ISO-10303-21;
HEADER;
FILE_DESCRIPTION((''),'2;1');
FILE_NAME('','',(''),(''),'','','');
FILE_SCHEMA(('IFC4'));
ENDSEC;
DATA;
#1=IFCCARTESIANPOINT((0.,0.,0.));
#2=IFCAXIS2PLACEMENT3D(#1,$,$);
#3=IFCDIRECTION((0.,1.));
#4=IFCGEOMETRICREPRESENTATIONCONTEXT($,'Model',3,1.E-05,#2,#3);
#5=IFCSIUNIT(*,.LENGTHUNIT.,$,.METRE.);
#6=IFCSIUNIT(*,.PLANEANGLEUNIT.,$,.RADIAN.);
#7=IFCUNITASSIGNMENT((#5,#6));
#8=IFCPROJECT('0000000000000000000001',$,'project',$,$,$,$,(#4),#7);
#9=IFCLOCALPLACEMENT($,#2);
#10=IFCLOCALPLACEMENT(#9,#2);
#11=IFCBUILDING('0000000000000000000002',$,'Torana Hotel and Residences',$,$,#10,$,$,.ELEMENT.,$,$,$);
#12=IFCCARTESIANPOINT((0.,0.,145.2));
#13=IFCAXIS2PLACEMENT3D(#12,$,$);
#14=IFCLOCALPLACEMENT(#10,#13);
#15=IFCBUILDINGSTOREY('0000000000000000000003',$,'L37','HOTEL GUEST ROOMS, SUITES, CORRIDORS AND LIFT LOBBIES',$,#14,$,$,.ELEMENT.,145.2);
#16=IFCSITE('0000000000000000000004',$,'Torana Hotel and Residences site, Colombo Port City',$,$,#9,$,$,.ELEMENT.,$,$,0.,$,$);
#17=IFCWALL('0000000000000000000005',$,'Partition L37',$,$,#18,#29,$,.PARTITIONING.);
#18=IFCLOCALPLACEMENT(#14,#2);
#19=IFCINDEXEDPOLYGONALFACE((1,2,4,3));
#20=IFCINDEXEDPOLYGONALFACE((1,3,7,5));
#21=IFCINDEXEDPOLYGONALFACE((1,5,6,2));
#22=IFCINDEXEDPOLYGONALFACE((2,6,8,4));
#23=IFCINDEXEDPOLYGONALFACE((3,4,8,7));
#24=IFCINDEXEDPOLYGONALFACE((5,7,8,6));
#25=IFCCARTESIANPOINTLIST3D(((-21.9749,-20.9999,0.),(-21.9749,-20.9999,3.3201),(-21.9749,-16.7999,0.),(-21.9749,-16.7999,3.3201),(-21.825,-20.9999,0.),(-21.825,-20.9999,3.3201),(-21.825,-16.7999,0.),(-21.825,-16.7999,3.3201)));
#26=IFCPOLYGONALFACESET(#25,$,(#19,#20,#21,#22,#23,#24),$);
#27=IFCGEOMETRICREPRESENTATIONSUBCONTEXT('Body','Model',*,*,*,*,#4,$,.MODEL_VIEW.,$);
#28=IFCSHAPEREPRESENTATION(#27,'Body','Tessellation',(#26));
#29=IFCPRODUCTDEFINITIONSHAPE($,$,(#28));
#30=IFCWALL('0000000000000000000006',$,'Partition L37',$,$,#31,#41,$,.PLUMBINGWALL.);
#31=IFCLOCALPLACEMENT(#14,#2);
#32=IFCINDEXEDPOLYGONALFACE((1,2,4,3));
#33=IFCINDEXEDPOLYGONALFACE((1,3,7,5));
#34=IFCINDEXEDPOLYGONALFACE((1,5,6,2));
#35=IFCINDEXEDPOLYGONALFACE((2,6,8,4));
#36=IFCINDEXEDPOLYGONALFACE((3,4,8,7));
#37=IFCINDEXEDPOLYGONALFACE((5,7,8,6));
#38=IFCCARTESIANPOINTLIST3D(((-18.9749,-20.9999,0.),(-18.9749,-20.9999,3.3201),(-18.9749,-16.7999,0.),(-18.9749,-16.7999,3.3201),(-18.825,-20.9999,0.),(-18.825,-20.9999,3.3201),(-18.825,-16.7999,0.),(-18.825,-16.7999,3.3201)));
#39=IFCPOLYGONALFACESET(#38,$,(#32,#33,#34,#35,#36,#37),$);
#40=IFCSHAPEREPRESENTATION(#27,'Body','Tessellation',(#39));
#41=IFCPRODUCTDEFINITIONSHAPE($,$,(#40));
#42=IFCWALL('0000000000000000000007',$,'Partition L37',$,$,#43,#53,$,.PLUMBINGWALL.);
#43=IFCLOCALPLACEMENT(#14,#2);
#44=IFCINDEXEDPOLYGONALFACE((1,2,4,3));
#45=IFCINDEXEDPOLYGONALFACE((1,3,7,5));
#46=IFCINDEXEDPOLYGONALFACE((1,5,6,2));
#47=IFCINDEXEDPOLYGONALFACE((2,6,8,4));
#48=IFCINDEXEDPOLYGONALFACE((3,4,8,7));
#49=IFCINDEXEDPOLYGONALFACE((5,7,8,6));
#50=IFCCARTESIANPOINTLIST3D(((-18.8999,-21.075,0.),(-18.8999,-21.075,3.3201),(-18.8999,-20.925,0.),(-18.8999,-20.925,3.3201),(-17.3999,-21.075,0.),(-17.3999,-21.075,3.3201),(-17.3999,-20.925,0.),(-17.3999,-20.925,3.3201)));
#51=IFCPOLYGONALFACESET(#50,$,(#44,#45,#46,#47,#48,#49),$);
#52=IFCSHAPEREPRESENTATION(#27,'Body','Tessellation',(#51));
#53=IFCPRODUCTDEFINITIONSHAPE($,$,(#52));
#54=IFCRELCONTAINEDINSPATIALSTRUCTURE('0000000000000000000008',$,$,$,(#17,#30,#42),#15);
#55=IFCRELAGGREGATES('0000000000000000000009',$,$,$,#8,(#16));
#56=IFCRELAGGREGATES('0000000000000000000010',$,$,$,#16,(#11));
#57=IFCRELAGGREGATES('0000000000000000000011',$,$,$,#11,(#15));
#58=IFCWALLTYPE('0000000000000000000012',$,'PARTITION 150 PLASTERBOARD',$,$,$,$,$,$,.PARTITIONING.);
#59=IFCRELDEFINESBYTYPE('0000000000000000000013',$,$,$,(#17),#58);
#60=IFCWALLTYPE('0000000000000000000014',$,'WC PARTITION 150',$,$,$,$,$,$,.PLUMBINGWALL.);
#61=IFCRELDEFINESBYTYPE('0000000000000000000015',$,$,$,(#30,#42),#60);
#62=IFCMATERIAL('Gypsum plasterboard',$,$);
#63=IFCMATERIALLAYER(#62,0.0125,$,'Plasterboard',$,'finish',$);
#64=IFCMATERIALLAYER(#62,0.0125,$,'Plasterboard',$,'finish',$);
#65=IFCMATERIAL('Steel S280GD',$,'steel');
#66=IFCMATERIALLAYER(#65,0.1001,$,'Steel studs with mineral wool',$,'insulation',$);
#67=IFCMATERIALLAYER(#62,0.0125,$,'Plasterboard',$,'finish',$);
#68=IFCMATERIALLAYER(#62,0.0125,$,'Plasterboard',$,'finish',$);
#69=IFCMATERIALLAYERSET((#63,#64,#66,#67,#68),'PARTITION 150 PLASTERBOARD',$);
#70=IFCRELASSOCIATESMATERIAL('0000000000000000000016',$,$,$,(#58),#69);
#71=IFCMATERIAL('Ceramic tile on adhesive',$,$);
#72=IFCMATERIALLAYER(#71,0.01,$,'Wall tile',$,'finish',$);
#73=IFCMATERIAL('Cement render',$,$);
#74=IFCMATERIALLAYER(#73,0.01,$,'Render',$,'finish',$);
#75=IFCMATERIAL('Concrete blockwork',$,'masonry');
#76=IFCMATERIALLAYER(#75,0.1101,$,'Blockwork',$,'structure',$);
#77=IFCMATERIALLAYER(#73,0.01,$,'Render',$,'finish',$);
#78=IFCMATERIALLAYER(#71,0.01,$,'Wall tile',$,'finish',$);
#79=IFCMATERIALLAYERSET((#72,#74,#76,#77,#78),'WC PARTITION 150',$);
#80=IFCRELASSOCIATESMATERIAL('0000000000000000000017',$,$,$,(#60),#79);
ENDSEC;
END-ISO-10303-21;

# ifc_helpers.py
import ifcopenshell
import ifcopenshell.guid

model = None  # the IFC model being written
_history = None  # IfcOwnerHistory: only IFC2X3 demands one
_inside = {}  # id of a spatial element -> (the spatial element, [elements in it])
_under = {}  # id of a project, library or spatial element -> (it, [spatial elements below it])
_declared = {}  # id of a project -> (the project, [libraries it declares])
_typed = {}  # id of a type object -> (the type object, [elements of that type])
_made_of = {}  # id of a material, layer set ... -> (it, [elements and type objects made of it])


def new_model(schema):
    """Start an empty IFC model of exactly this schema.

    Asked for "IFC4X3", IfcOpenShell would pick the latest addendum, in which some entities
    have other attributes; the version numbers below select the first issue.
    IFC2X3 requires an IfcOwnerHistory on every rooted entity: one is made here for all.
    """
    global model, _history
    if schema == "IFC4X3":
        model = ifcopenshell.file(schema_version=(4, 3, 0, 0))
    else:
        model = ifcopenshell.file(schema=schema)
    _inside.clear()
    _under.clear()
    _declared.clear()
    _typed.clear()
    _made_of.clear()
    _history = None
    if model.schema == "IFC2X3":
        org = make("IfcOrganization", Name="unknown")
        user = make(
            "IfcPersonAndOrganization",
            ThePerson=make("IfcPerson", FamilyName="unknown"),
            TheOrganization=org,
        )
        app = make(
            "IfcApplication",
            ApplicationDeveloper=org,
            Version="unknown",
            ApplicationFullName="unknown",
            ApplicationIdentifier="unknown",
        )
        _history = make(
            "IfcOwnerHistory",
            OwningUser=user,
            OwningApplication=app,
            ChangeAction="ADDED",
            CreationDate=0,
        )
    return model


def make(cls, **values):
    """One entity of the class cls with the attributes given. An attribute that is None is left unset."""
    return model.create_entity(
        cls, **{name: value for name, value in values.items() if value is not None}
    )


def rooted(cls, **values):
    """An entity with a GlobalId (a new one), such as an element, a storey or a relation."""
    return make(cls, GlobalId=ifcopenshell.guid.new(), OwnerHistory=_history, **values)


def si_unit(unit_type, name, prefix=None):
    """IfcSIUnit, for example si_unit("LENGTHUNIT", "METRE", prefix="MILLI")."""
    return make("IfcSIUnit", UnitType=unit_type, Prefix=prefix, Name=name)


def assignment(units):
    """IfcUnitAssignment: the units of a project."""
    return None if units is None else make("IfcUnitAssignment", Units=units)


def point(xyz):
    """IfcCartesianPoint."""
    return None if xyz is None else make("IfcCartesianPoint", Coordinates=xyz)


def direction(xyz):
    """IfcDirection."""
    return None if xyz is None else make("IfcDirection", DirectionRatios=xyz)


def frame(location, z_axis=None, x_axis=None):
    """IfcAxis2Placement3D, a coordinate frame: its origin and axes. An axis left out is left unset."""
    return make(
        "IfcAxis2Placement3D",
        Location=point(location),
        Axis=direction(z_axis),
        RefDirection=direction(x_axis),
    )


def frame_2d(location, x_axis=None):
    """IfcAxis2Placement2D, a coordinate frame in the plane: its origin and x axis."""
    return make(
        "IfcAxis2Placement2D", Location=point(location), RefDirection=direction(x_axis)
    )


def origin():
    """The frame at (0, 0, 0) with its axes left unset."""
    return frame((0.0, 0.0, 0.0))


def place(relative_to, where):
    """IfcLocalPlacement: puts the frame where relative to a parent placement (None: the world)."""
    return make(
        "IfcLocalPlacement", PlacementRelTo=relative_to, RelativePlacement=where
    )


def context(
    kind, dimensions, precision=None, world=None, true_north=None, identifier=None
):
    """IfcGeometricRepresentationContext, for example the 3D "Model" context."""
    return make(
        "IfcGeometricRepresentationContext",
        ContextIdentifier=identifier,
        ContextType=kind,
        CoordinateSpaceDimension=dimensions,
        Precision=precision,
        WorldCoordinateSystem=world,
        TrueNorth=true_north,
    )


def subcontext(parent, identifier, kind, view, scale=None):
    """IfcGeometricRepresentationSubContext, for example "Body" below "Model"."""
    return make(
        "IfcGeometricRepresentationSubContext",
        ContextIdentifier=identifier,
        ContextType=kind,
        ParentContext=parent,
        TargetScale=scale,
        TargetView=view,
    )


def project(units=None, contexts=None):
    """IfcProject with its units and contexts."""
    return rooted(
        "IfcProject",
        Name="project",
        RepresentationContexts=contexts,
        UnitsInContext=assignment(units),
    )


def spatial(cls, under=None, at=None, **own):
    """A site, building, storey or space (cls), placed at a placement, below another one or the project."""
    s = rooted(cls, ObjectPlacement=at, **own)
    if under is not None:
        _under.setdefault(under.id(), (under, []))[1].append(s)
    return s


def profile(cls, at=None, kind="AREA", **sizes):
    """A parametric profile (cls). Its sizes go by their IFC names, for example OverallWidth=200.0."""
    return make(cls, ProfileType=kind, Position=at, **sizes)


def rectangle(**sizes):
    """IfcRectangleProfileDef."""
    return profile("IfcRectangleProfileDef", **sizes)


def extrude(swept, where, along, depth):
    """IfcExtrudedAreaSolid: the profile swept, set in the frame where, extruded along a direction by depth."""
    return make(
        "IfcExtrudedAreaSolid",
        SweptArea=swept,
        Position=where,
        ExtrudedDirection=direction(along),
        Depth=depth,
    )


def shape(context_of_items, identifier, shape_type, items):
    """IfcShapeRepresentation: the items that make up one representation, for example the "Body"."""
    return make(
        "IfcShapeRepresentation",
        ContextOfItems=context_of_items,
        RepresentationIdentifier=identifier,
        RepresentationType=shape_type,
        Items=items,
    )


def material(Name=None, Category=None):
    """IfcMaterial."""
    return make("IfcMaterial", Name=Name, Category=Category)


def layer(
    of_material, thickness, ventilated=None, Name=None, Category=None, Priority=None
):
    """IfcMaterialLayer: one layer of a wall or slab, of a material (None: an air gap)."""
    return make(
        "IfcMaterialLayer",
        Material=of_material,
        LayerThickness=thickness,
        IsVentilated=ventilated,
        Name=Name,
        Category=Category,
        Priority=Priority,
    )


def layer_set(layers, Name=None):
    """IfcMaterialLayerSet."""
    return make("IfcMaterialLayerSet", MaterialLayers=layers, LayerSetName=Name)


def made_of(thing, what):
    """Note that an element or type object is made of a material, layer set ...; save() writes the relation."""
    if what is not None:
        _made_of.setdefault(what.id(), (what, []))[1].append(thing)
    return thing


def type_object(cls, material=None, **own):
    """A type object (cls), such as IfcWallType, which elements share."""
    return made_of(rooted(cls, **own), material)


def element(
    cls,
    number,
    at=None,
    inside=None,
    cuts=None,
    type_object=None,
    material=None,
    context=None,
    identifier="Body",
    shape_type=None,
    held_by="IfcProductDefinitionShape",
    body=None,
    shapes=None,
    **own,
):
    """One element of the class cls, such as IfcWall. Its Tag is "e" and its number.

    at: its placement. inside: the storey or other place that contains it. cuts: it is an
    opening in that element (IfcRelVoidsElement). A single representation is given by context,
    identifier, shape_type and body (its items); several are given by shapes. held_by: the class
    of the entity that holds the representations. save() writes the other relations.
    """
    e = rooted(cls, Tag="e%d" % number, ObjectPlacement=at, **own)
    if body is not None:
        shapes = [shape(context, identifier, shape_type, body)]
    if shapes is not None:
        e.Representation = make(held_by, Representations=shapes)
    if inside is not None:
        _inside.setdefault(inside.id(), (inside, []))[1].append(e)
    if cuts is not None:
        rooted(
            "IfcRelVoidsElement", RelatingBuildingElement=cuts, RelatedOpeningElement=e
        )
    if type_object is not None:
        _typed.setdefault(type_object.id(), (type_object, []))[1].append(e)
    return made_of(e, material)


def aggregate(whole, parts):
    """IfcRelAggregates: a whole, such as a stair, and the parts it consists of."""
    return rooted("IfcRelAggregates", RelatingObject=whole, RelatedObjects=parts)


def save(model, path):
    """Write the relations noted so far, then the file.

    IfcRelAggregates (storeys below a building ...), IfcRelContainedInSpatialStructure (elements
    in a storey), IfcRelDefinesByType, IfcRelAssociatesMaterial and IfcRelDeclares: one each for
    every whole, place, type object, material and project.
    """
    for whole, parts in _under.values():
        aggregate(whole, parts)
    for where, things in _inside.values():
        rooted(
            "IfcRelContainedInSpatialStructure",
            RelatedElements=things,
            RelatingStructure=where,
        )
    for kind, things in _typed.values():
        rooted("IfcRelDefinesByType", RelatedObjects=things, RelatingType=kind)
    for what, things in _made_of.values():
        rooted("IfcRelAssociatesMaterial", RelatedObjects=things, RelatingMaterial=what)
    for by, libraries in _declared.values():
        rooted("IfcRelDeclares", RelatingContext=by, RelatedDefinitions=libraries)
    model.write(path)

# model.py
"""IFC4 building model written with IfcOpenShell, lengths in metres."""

from ifc_helpers import new_model, si_unit, direction, frame, frame_2d, origin, place, context, subcontext, project, spatial, rectangle, extrude, material, layer, layer_set, type_object, element, save


model = new_model("IFC4")

# Units and contexts
model_context = context("Model", 3, precision=1e-05, world=origin(), true_north=direction((0.0, 1.0)))
body_context = subcontext(model_context, "Body", "Model", "MODEL_VIEW")
ifc_project = project(units=[si_unit("LENGTHUNIT", "METRE"), si_unit("PLANEANGLEUNIT", "RADIAN")], contexts=[model_context])

# Site, building, storey
site_placement = place(None, origin())
site = spatial("IfcSite", under=ifc_project, at=site_placement, Name="Torana Hotel and Residences site, Colombo Port City", CompositionType="ELEMENT", RefElevation=0.0)
building_placement = place(site_placement, origin())
building = spatial("IfcBuilding", under=site, at=building_placement, Name="Torana Hotel and Residences", CompositionType="ELEMENT")
storey_placement = place(building_placement, frame((0.0, 0.0, 145.2)))
storey = spatial("IfcBuildingStorey", under=building, at=storey_placement, Name="L37", Description="HOTEL GUEST ROOMS, SUITES, CORRIDORS AND LIFT LOBBIES", CompositionType="ELEMENT", Elevation=145.2)

# Shared definitions
ifc_material_1 = material(Name="Concrete blockwork", Category="masonry")

# Walls
ifc_material_2 = material(Name="Gypsum plasterboard")
ifc_layer_1 = layer(ifc_material_2, 0.0125, Name="Plasterboard", Category="finish")
ifc_layer_2 = layer(ifc_material_2, 0.0125, Name="Plasterboard", Category="finish")
ifc_material_3 = material(Name="Steel S280GD", Category="steel")
ifc_layer_3 = layer(ifc_material_3, 0.1001, Name="Steel studs with mineral wool", Category="insulation")
ifc_layer_4 = layer(ifc_material_2, 0.0125, Name="Plasterboard", Category="finish")
ifc_layer_5 = layer(ifc_material_2, 0.0125, Name="Plasterboard", Category="finish")
ifc_layer_set_1 = layer_set([ifc_layer_1, ifc_layer_2, ifc_layer_3, ifc_layer_4, ifc_layer_5], Name="PARTITION 150 PLASTERBOARD")
wall_type_1 = type_object("IfcWallType", Name="PARTITION 150 PLASTERBOARD", PredefinedType="PARTITIONING", material=ifc_layer_set_1)
wall_1_placement = place(storey_placement, frame((-21.8999, -21.0, 0.0), z_axis=(0.0, 0.0, 1.0), x_axis=(0.0, 1.0, 0.0)))
element("IfcWall", 1, at=wall_1_placement, inside=storey, type_object=wall_type_1, Name="Partition L37", PredefinedType="PARTITIONING", context=body_context, shape_type="SweptSolid", body=[
    extrude(rectangle(XDim=4.2, YDim=0.1499, at=frame_2d((2.1001, 0.0))), origin(), (0.0, 0.0, 1.0), 3.3201),
])
ifc_material_4 = material(Name="Ceramic tile on adhesive")
ifc_layer_6 = layer(ifc_material_4, 0.01, Name="Wall tile", Category="finish")
ifc_material_5 = material(Name="Cement render")
ifc_layer_7 = layer(ifc_material_5, 0.01, Name="Render", Category="finish")
ifc_layer_8 = layer(ifc_material_1, 0.1101, Name="Blockwork", Category="structure")
ifc_layer_9 = layer(ifc_material_5, 0.01, Name="Render", Category="finish")
ifc_layer_10 = layer(ifc_material_4, 0.01, Name="Wall tile", Category="finish")
ifc_layer_set_2 = layer_set([ifc_layer_6, ifc_layer_7, ifc_layer_8, ifc_layer_9, ifc_layer_10], Name="WC PARTITION 150")
wall_type_2 = type_object("IfcWallType", Name="WC PARTITION 150", PredefinedType="PLUMBINGWALL", material=ifc_layer_set_2)
wall_2_placement = place(storey_placement, frame((-18.8999, -21.0, 0.0), z_axis=(0.0, 0.0, 1.0), x_axis=(0.0, 1.0, 0.0)))
element("IfcWall", 2, at=wall_2_placement, inside=storey, type_object=wall_type_2, Name="Partition L37", PredefinedType="PLUMBINGWALL", context=body_context, shape_type="SweptSolid", body=[
    extrude(rectangle(XDim=4.2, YDim=0.1499, at=frame_2d((2.1001, 0.0))), origin(), (0.0, 0.0, 1.0), 3.3201),
])
wall_3_placement = place(storey_placement, frame((-18.8999, -21.0, 0.0), z_axis=(0.0, 0.0, 1.0), x_axis=(1.0, 0.0, 0.0)))
element("IfcWall", 3, at=wall_3_placement, inside=storey, type_object=wall_type_2, Name="Partition L37", PredefinedType="PLUMBINGWALL", context=body_context, shape_type="SweptSolid", body=[
    extrude(rectangle(XDim=1.5, YDim=0.1499, at=frame_2d((0.75, 0.0))), origin(), (0.0, 0.0, 1.0), 3.3201),
])

save(model, "model.ifc")
